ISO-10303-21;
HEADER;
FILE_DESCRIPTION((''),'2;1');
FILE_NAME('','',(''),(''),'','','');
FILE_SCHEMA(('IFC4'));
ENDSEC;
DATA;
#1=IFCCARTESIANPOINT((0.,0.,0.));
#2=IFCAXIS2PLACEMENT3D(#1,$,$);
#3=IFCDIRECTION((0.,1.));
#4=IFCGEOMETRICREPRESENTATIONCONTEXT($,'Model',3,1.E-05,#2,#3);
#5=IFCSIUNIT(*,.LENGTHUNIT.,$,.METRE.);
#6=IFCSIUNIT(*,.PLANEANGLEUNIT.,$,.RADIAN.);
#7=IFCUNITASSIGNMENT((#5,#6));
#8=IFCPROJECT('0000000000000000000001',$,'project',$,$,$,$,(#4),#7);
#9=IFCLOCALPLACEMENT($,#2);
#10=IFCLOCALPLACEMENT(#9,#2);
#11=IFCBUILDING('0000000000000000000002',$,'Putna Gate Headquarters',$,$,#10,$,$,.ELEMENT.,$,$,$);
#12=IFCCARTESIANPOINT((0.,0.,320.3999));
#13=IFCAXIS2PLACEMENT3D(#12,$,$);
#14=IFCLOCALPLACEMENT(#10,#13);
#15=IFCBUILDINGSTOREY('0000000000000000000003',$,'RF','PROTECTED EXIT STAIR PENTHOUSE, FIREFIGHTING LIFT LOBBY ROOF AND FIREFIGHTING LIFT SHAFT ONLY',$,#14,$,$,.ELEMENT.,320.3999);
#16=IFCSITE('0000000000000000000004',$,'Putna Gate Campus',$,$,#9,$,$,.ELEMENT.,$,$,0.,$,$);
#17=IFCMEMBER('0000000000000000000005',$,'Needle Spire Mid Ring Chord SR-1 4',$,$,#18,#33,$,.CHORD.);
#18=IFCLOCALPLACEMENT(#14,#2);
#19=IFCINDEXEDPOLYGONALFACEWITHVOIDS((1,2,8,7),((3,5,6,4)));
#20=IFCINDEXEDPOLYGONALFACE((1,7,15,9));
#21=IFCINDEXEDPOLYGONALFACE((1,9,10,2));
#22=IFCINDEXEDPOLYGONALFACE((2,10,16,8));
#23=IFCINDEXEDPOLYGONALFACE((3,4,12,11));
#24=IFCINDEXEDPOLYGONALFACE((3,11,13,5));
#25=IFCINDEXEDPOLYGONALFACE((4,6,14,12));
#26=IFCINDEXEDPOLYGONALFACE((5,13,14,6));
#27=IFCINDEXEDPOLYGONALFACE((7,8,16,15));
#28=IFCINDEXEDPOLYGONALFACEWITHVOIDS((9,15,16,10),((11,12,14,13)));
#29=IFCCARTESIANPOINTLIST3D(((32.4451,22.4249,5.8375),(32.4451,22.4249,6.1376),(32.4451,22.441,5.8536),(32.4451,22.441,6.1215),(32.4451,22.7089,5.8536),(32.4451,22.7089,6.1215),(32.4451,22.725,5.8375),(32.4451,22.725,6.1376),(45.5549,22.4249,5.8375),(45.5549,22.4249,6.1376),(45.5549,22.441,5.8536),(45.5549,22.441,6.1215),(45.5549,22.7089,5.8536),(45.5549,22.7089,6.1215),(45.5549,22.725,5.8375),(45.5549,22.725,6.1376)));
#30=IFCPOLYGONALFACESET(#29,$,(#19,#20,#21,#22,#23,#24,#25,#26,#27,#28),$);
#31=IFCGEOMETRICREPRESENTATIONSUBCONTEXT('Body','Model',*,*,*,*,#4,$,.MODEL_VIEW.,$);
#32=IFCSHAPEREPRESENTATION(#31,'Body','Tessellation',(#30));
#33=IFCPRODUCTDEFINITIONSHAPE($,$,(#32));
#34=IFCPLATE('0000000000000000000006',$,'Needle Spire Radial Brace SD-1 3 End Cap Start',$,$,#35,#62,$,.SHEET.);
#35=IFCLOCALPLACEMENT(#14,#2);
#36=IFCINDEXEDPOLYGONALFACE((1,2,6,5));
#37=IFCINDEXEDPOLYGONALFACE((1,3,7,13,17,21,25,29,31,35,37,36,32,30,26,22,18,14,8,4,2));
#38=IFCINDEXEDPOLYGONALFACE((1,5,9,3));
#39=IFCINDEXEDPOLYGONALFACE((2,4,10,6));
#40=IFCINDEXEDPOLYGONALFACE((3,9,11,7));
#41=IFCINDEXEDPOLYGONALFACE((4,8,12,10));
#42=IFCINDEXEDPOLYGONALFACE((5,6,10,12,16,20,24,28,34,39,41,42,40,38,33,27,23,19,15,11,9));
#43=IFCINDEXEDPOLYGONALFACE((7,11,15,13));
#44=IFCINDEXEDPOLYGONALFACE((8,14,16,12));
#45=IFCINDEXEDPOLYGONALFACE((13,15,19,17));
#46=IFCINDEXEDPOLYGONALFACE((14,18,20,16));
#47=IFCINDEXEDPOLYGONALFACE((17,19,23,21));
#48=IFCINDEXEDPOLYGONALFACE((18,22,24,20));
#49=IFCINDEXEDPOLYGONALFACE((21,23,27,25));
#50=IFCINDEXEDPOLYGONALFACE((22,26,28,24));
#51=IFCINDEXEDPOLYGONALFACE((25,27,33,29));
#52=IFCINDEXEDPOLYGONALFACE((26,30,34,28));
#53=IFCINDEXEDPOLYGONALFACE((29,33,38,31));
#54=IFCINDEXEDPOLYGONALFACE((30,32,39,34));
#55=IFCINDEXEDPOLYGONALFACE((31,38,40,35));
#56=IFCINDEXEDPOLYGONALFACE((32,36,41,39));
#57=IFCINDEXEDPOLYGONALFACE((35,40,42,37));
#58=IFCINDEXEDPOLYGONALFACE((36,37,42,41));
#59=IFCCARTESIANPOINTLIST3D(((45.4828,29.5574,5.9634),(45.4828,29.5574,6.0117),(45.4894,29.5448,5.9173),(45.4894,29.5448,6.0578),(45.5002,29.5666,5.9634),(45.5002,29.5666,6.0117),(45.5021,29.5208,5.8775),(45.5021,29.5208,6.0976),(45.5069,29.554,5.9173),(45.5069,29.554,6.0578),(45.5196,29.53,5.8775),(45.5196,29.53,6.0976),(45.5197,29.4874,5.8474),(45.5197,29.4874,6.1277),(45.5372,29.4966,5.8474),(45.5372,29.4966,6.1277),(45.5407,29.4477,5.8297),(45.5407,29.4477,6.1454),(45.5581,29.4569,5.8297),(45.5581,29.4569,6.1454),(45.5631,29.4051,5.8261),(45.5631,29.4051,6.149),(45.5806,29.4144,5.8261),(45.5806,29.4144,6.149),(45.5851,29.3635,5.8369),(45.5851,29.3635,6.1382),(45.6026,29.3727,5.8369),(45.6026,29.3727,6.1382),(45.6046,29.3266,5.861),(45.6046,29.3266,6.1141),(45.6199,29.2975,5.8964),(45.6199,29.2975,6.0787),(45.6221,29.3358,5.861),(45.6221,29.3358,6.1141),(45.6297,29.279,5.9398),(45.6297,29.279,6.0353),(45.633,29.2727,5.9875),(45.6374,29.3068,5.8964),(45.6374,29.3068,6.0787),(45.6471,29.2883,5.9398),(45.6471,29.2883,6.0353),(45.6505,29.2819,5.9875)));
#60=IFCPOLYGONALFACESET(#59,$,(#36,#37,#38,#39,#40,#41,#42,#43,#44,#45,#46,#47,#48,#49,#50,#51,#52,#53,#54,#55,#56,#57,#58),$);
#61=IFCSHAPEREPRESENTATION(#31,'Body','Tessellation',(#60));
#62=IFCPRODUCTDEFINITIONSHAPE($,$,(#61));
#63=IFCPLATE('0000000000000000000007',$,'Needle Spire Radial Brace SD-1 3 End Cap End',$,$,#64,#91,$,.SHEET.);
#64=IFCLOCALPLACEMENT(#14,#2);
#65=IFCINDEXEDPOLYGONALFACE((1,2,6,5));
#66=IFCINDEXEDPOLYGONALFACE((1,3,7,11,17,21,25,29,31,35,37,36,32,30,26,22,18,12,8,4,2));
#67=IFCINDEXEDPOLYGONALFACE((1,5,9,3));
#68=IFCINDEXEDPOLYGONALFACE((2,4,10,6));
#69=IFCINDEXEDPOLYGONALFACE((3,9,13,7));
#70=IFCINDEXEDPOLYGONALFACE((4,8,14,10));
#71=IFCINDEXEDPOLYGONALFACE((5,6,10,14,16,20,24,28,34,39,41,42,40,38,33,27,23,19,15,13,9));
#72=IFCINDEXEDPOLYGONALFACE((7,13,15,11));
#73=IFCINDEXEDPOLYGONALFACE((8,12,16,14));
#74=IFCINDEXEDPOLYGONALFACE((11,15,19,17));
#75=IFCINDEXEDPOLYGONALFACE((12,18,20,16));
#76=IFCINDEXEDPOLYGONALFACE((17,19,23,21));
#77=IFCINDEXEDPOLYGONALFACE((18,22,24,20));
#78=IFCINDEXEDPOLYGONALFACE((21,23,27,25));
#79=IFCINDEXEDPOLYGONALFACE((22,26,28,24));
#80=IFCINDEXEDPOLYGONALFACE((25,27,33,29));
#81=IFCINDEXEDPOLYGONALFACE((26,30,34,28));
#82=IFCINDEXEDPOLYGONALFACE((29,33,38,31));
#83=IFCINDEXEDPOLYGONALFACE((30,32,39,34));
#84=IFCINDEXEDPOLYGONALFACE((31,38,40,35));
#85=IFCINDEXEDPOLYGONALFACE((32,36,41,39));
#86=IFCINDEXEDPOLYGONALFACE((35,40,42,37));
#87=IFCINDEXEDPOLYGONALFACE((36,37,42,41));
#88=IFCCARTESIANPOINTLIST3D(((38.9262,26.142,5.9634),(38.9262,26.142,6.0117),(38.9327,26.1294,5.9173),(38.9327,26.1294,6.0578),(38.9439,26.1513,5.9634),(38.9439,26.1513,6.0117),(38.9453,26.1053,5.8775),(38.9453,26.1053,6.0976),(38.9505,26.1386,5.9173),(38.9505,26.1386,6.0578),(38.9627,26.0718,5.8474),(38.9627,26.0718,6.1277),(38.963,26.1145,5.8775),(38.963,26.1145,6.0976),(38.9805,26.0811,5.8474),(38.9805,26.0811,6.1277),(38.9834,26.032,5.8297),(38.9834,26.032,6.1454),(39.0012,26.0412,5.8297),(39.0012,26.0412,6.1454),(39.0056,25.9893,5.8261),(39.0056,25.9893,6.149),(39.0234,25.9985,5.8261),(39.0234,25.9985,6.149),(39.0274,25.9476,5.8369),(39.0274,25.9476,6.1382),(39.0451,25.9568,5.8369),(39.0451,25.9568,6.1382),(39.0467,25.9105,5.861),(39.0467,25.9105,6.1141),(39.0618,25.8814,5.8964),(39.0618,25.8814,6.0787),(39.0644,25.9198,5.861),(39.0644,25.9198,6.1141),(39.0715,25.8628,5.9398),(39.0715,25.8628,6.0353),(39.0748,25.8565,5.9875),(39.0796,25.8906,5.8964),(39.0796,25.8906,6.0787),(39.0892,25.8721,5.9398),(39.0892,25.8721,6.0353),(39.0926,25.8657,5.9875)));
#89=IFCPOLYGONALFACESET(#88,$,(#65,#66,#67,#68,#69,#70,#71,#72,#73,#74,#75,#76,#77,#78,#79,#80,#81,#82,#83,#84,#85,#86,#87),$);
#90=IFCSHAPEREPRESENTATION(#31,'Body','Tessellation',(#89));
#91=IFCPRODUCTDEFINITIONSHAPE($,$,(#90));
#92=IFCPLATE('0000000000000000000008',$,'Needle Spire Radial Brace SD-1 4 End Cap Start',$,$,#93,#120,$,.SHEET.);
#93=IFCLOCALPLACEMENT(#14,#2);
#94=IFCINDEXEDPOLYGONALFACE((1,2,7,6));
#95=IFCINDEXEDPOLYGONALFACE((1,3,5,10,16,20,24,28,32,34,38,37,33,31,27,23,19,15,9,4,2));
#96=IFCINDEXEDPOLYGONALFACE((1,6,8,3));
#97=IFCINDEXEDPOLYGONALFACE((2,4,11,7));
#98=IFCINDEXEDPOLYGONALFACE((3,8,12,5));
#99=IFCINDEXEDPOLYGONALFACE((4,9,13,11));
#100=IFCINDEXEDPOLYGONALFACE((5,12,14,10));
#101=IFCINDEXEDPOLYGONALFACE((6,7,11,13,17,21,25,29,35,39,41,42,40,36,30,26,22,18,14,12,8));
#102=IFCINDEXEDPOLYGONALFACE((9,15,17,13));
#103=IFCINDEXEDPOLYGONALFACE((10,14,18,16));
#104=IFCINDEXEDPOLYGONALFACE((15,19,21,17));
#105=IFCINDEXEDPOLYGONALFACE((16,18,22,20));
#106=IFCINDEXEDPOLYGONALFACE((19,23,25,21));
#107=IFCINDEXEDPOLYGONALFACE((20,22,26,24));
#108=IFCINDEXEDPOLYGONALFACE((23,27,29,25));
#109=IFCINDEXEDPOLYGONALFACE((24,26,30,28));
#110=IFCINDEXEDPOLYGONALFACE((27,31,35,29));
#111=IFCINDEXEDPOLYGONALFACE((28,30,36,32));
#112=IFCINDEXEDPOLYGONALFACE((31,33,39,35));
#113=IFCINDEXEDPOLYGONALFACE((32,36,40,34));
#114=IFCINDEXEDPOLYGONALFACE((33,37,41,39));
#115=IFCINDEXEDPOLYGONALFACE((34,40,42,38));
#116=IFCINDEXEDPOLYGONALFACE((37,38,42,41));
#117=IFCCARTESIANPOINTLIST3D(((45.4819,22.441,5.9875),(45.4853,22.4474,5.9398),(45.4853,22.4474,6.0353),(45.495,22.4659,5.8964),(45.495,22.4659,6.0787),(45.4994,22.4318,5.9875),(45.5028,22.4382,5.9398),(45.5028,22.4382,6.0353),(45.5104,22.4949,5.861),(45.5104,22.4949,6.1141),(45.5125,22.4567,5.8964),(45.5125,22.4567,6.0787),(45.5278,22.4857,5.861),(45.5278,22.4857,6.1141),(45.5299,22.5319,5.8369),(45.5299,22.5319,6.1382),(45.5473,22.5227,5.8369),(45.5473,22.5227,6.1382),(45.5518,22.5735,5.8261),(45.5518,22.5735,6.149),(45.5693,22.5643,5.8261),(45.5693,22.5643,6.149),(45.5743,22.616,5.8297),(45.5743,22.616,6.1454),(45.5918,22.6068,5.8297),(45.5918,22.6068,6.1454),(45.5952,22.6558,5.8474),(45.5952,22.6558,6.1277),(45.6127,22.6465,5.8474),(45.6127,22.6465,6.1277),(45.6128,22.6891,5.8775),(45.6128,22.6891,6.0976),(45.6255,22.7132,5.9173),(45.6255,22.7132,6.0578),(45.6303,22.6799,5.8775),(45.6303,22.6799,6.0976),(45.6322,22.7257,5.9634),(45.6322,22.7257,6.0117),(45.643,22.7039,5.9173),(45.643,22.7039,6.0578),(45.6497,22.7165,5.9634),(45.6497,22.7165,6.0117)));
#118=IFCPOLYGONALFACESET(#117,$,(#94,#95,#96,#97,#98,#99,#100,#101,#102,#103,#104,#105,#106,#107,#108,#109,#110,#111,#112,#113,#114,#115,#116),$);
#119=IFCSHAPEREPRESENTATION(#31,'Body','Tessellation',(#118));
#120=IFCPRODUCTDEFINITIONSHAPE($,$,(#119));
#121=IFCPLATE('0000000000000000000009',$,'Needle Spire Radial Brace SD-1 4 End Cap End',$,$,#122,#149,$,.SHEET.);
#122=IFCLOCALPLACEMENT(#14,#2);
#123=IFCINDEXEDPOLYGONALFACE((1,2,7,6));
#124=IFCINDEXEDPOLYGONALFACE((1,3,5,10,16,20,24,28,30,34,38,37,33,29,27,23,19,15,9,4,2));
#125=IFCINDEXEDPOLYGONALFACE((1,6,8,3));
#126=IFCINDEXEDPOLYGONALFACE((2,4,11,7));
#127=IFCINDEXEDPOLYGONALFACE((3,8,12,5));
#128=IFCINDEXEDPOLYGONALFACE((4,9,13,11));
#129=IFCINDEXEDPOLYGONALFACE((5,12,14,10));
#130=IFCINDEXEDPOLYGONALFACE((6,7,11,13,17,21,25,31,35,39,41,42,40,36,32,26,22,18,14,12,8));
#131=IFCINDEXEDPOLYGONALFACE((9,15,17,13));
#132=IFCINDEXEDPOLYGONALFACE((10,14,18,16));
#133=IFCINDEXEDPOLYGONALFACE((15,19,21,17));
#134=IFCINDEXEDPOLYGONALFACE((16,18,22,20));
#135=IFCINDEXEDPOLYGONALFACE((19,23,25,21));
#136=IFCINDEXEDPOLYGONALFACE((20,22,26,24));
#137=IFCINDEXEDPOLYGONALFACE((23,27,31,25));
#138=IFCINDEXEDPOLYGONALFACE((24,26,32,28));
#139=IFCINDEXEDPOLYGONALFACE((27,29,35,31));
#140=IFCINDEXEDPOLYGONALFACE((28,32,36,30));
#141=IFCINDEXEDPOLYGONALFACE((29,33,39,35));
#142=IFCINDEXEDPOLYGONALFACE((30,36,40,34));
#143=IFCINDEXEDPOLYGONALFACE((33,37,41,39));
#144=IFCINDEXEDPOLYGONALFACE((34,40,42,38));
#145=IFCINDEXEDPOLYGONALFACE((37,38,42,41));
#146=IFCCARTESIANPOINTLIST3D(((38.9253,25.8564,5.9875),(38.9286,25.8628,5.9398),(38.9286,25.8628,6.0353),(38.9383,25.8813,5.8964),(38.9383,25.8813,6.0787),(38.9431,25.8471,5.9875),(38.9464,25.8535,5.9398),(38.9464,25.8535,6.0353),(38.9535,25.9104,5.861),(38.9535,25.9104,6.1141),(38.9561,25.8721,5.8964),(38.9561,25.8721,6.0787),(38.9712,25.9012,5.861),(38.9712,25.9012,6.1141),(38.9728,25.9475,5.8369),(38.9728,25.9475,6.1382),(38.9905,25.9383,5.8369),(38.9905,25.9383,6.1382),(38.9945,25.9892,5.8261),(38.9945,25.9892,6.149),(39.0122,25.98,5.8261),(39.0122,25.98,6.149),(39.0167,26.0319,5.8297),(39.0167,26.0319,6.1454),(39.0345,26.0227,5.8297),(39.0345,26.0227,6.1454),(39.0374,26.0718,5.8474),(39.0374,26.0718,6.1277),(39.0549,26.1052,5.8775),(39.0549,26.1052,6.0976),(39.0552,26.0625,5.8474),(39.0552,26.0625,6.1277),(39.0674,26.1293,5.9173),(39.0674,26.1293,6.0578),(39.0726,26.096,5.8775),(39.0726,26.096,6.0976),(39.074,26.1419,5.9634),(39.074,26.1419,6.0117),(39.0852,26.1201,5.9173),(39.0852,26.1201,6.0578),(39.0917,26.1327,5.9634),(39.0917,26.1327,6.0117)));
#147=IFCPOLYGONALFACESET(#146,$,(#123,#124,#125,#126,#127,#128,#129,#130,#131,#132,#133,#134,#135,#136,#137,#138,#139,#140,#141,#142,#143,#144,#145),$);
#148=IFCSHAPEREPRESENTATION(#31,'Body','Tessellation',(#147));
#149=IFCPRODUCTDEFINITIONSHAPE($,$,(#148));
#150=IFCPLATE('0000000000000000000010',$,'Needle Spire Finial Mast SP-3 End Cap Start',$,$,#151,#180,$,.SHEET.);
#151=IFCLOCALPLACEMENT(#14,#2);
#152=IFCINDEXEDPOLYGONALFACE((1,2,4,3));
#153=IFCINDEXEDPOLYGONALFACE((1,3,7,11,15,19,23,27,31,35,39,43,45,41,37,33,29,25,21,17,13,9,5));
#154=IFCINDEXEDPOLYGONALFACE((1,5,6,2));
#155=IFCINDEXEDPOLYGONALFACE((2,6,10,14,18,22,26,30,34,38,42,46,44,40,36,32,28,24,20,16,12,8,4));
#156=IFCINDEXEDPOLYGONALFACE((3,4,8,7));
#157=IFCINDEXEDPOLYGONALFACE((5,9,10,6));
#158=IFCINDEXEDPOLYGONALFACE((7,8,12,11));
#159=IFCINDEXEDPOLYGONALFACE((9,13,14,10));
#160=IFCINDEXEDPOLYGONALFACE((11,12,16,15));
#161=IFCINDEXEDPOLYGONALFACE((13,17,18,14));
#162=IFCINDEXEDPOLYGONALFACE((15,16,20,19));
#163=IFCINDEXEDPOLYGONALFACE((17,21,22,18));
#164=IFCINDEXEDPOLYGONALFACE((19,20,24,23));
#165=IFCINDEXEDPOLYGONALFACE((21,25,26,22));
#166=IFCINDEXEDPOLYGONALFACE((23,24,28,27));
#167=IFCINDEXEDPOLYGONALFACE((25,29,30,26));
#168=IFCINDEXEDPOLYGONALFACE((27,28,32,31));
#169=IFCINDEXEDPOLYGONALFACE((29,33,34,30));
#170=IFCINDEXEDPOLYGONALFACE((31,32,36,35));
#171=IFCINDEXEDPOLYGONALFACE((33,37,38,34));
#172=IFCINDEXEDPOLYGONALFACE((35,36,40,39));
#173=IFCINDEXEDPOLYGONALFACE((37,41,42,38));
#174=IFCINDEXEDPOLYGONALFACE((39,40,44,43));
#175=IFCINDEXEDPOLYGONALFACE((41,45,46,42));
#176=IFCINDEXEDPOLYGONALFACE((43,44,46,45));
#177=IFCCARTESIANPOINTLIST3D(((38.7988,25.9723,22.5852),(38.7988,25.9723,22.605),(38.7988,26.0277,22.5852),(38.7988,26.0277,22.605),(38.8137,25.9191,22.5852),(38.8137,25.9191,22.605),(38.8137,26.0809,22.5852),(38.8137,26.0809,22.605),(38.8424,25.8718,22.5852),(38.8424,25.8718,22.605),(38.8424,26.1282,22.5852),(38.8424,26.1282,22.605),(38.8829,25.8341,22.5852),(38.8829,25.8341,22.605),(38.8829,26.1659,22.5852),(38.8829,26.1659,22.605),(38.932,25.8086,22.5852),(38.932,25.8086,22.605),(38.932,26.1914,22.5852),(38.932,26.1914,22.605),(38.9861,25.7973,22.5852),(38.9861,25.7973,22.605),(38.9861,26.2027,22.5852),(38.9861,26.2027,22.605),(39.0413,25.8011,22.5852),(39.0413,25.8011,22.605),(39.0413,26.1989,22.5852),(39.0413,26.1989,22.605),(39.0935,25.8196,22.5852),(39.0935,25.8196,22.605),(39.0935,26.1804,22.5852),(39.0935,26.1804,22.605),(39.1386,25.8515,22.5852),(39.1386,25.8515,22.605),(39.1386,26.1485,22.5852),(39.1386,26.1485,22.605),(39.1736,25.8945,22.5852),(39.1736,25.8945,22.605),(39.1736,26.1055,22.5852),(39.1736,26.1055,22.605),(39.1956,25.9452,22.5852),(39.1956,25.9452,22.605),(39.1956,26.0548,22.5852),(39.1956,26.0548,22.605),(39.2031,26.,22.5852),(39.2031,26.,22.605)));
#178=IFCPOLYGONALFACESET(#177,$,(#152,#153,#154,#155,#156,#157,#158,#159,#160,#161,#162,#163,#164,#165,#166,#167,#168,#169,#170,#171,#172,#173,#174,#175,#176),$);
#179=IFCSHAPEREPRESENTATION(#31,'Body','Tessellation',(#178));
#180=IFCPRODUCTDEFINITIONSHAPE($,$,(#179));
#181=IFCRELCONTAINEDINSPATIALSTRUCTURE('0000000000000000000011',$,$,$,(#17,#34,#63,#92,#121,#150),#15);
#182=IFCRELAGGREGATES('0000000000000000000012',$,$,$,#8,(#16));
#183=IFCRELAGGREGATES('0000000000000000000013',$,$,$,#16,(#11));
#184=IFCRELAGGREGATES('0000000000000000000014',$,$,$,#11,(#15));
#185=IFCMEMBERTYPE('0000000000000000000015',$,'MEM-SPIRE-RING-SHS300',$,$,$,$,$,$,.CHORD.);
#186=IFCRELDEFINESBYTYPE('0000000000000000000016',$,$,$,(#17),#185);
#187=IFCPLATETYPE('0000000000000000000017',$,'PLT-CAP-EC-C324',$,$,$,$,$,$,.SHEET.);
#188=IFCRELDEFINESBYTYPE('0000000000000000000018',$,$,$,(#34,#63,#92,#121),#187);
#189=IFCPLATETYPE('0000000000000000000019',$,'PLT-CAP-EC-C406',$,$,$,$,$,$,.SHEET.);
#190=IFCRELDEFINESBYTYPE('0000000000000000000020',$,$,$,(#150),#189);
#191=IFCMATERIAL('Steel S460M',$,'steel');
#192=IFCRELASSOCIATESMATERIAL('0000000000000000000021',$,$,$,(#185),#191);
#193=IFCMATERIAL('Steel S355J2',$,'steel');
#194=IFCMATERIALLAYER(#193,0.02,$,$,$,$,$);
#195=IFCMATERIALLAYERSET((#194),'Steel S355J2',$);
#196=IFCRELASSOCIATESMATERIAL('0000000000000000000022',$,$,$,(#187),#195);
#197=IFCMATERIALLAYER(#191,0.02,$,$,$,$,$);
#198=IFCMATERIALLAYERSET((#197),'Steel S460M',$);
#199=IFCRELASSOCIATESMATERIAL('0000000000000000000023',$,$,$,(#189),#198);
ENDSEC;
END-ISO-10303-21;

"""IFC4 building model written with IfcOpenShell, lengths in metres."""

from ifc_helpers import new_model, si_unit, direction, frame, origin, origin_2d, place, context, subcontext, project, spatial, hollow_rectangle, circle, extrude, material, layer, layer_set, material_profile, profile_set, type_object, element, save


model = new_model("IFC4")

# Units and contexts
model_context = context("Model", 3, precision=1e-05, world=origin(), true_north=direction((0.0, 1.0)))
body_context = subcontext(model_context, "Body", "Model", "MODEL_VIEW")
ifc_project = project(units=[si_unit("LENGTHUNIT", "METRE"), si_unit("PLANEANGLEUNIT", "RADIAN")], contexts=[model_context])

# Site, building, storey
site_placement = place(None, origin())
site = spatial("IfcSite", under=ifc_project, at=site_placement, Name="Putna Gate Campus", CompositionType="ELEMENT", RefElevation=0.0)
building_placement = place(site_placement, origin())
building = spatial("IfcBuilding", under=site, at=building_placement, Name="Putna Gate Headquarters", CompositionType="ELEMENT")
storey_placement = place(building_placement, frame((0.0, 0.0, 320.3999)))
storey = spatial("IfcBuildingStorey", under=building, at=storey_placement, Name="RF", Description="PROTECTED EXIT STAIR PENTHOUSE, FIREFIGHTING LIFT LOBBY ROOF AND FIREFIGHTING LIFT SHAFT ONLY", CompositionType="ELEMENT", Elevation=320.3999)

# Shared definitions
ifc_material_1 = material(Name="Steel S460M", Category="steel")

# Member
ifc_material_profile_1 = material_profile(ifc_material_1, hollow_rectangle(XDim=0.3, YDim=0.3, WallThickness=0.0161, at=origin_2d()), Name="Steel S460M")
ifc_profile_set_1 = profile_set([ifc_material_profile_1], Name="Steel S460M")
member_type_1 = type_object("IfcMemberType", Name="MEM-SPIRE-RING-SHS300", PredefinedType="CHORD", material=ifc_profile_set_1)
member_1_placement = place(storey_placement, frame((45.5549, 22.575, 5.9875), z_axis=(-1.0, 0.0, 0.0), x_axis=(0.0, -1.0, 0.0)))
element("IfcMember", 1, at=member_1_placement, inside=storey, type_object=member_type_1, Name="Needle Spire Mid Ring Chord SR-1 4", PredefinedType="CHORD", context=body_context, shape_type="SweptSolid", body=[
    extrude(hollow_rectangle(XDim=0.3, YDim=0.3, WallThickness=0.0161, at=origin_2d()), origin(), (0.0, 0.0, 1.0), 13.1099),
])

# Plates
ifc_material_2 = material(Name="Steel S355J2", Category="steel")
ifc_layer_1 = layer(ifc_material_2, 0.02)
ifc_layer_set_1 = layer_set([ifc_layer_1], Name="Steel S355J2")
plate_type_1 = type_object("IfcPlateType", Name="PLT-CAP-EC-C324", PredefinedType="SHEET", material=ifc_layer_set_1)
plate_1_placement = place(storey_placement, frame((45.575, 29.425, 5.9875), z_axis=(-0.884385, -0.466759, 0.0), x_axis=(0.466759, -0.884385, 0.0)))
element("IfcPlate", 2, at=plate_1_placement, inside=storey, type_object=plate_type_1, Name="Needle Spire Radial Brace SD-1 3 End Cap Start", PredefinedType="SHEET", context=body_context, shape_type="SweptSolid", body=[
    extrude(circle(Radius=0.1619, at=origin_2d()), origin(), (0.0, 0.0, 1.0), 0.0198),
])
plate_2_placement = place(storey_placement, frame((39.0178, 26.0093, 5.9875), z_axis=(-0.887018, -0.461735, 0.0), x_axis=(0.461735, -0.887018, 0.0)))
element("IfcPlate", 3, at=plate_2_placement, inside=storey, type_object=plate_type_1, Name="Needle Spire Radial Brace SD-1 3 End Cap End", PredefinedType="SHEET", context=body_context, shape_type="SweptSolid", body=[
    extrude(circle(Radius=0.1619, at=origin_2d()), origin(), (0.0, 0.0, 1.0), 0.02),
])
plate_3_placement = place(storey_placement, frame((45.575, 22.575, 5.9875), z_axis=(-0.884385, 0.466759, 0.0), x_axis=(-0.466759, -0.884385, 0.0)))
element("IfcPlate", 4, at=plate_3_placement, inside=storey, type_object=plate_type_1, Name="Needle Spire Radial Brace SD-1 4 End Cap Start", PredefinedType="SHEET", context=body_context, shape_type="SweptSolid", body=[
    extrude(circle(Radius=0.1619, at=origin_2d()), origin(), (0.0, 0.0, 1.0), 0.0198),
])
plate_4_placement = place(storey_placement, frame((39.0178, 25.9907, 5.9875), z_axis=(-0.887018, 0.461735, 0.0), x_axis=(-0.461735, -0.887018, 0.0)))
element("IfcPlate", 5, at=plate_4_placement, inside=storey, type_object=plate_type_1, Name="Needle Spire Radial Brace SD-1 4 End Cap End", PredefinedType="SHEET", context=body_context, shape_type="SweptSolid", body=[
    extrude(circle(Radius=0.1619, at=origin_2d()), origin(), (0.0, 0.0, 1.0), 0.02),
])
ifc_layer_2 = layer(ifc_material_1, 0.02)
ifc_layer_set_2 = layer_set([ifc_layer_2], Name="Steel S460M")
plate_type_2 = type_object("IfcPlateType", Name="PLT-CAP-EC-C406", PredefinedType="SHEET", material=ifc_layer_set_2)
plate_5_placement = place(storey_placement, frame((39.0, 26.0, 22.5852), z_axis=(0.0, 0.0, 1.0), x_axis=(1.0, 0.0, 0.0)))
element("IfcPlate", 6, at=plate_5_placement, inside=storey, type_object=plate_type_2, Name="Needle Spire Finial Mast SP-3 End Cap Start", PredefinedType="SHEET", context=body_context, shape_type="SweptSolid", body=[
    extrude(circle(Radius=0.2031, at=origin_2d()), origin(), (0.0, 0.0, 1.0), 0.0198),
])

save(model, "model.ifc")
